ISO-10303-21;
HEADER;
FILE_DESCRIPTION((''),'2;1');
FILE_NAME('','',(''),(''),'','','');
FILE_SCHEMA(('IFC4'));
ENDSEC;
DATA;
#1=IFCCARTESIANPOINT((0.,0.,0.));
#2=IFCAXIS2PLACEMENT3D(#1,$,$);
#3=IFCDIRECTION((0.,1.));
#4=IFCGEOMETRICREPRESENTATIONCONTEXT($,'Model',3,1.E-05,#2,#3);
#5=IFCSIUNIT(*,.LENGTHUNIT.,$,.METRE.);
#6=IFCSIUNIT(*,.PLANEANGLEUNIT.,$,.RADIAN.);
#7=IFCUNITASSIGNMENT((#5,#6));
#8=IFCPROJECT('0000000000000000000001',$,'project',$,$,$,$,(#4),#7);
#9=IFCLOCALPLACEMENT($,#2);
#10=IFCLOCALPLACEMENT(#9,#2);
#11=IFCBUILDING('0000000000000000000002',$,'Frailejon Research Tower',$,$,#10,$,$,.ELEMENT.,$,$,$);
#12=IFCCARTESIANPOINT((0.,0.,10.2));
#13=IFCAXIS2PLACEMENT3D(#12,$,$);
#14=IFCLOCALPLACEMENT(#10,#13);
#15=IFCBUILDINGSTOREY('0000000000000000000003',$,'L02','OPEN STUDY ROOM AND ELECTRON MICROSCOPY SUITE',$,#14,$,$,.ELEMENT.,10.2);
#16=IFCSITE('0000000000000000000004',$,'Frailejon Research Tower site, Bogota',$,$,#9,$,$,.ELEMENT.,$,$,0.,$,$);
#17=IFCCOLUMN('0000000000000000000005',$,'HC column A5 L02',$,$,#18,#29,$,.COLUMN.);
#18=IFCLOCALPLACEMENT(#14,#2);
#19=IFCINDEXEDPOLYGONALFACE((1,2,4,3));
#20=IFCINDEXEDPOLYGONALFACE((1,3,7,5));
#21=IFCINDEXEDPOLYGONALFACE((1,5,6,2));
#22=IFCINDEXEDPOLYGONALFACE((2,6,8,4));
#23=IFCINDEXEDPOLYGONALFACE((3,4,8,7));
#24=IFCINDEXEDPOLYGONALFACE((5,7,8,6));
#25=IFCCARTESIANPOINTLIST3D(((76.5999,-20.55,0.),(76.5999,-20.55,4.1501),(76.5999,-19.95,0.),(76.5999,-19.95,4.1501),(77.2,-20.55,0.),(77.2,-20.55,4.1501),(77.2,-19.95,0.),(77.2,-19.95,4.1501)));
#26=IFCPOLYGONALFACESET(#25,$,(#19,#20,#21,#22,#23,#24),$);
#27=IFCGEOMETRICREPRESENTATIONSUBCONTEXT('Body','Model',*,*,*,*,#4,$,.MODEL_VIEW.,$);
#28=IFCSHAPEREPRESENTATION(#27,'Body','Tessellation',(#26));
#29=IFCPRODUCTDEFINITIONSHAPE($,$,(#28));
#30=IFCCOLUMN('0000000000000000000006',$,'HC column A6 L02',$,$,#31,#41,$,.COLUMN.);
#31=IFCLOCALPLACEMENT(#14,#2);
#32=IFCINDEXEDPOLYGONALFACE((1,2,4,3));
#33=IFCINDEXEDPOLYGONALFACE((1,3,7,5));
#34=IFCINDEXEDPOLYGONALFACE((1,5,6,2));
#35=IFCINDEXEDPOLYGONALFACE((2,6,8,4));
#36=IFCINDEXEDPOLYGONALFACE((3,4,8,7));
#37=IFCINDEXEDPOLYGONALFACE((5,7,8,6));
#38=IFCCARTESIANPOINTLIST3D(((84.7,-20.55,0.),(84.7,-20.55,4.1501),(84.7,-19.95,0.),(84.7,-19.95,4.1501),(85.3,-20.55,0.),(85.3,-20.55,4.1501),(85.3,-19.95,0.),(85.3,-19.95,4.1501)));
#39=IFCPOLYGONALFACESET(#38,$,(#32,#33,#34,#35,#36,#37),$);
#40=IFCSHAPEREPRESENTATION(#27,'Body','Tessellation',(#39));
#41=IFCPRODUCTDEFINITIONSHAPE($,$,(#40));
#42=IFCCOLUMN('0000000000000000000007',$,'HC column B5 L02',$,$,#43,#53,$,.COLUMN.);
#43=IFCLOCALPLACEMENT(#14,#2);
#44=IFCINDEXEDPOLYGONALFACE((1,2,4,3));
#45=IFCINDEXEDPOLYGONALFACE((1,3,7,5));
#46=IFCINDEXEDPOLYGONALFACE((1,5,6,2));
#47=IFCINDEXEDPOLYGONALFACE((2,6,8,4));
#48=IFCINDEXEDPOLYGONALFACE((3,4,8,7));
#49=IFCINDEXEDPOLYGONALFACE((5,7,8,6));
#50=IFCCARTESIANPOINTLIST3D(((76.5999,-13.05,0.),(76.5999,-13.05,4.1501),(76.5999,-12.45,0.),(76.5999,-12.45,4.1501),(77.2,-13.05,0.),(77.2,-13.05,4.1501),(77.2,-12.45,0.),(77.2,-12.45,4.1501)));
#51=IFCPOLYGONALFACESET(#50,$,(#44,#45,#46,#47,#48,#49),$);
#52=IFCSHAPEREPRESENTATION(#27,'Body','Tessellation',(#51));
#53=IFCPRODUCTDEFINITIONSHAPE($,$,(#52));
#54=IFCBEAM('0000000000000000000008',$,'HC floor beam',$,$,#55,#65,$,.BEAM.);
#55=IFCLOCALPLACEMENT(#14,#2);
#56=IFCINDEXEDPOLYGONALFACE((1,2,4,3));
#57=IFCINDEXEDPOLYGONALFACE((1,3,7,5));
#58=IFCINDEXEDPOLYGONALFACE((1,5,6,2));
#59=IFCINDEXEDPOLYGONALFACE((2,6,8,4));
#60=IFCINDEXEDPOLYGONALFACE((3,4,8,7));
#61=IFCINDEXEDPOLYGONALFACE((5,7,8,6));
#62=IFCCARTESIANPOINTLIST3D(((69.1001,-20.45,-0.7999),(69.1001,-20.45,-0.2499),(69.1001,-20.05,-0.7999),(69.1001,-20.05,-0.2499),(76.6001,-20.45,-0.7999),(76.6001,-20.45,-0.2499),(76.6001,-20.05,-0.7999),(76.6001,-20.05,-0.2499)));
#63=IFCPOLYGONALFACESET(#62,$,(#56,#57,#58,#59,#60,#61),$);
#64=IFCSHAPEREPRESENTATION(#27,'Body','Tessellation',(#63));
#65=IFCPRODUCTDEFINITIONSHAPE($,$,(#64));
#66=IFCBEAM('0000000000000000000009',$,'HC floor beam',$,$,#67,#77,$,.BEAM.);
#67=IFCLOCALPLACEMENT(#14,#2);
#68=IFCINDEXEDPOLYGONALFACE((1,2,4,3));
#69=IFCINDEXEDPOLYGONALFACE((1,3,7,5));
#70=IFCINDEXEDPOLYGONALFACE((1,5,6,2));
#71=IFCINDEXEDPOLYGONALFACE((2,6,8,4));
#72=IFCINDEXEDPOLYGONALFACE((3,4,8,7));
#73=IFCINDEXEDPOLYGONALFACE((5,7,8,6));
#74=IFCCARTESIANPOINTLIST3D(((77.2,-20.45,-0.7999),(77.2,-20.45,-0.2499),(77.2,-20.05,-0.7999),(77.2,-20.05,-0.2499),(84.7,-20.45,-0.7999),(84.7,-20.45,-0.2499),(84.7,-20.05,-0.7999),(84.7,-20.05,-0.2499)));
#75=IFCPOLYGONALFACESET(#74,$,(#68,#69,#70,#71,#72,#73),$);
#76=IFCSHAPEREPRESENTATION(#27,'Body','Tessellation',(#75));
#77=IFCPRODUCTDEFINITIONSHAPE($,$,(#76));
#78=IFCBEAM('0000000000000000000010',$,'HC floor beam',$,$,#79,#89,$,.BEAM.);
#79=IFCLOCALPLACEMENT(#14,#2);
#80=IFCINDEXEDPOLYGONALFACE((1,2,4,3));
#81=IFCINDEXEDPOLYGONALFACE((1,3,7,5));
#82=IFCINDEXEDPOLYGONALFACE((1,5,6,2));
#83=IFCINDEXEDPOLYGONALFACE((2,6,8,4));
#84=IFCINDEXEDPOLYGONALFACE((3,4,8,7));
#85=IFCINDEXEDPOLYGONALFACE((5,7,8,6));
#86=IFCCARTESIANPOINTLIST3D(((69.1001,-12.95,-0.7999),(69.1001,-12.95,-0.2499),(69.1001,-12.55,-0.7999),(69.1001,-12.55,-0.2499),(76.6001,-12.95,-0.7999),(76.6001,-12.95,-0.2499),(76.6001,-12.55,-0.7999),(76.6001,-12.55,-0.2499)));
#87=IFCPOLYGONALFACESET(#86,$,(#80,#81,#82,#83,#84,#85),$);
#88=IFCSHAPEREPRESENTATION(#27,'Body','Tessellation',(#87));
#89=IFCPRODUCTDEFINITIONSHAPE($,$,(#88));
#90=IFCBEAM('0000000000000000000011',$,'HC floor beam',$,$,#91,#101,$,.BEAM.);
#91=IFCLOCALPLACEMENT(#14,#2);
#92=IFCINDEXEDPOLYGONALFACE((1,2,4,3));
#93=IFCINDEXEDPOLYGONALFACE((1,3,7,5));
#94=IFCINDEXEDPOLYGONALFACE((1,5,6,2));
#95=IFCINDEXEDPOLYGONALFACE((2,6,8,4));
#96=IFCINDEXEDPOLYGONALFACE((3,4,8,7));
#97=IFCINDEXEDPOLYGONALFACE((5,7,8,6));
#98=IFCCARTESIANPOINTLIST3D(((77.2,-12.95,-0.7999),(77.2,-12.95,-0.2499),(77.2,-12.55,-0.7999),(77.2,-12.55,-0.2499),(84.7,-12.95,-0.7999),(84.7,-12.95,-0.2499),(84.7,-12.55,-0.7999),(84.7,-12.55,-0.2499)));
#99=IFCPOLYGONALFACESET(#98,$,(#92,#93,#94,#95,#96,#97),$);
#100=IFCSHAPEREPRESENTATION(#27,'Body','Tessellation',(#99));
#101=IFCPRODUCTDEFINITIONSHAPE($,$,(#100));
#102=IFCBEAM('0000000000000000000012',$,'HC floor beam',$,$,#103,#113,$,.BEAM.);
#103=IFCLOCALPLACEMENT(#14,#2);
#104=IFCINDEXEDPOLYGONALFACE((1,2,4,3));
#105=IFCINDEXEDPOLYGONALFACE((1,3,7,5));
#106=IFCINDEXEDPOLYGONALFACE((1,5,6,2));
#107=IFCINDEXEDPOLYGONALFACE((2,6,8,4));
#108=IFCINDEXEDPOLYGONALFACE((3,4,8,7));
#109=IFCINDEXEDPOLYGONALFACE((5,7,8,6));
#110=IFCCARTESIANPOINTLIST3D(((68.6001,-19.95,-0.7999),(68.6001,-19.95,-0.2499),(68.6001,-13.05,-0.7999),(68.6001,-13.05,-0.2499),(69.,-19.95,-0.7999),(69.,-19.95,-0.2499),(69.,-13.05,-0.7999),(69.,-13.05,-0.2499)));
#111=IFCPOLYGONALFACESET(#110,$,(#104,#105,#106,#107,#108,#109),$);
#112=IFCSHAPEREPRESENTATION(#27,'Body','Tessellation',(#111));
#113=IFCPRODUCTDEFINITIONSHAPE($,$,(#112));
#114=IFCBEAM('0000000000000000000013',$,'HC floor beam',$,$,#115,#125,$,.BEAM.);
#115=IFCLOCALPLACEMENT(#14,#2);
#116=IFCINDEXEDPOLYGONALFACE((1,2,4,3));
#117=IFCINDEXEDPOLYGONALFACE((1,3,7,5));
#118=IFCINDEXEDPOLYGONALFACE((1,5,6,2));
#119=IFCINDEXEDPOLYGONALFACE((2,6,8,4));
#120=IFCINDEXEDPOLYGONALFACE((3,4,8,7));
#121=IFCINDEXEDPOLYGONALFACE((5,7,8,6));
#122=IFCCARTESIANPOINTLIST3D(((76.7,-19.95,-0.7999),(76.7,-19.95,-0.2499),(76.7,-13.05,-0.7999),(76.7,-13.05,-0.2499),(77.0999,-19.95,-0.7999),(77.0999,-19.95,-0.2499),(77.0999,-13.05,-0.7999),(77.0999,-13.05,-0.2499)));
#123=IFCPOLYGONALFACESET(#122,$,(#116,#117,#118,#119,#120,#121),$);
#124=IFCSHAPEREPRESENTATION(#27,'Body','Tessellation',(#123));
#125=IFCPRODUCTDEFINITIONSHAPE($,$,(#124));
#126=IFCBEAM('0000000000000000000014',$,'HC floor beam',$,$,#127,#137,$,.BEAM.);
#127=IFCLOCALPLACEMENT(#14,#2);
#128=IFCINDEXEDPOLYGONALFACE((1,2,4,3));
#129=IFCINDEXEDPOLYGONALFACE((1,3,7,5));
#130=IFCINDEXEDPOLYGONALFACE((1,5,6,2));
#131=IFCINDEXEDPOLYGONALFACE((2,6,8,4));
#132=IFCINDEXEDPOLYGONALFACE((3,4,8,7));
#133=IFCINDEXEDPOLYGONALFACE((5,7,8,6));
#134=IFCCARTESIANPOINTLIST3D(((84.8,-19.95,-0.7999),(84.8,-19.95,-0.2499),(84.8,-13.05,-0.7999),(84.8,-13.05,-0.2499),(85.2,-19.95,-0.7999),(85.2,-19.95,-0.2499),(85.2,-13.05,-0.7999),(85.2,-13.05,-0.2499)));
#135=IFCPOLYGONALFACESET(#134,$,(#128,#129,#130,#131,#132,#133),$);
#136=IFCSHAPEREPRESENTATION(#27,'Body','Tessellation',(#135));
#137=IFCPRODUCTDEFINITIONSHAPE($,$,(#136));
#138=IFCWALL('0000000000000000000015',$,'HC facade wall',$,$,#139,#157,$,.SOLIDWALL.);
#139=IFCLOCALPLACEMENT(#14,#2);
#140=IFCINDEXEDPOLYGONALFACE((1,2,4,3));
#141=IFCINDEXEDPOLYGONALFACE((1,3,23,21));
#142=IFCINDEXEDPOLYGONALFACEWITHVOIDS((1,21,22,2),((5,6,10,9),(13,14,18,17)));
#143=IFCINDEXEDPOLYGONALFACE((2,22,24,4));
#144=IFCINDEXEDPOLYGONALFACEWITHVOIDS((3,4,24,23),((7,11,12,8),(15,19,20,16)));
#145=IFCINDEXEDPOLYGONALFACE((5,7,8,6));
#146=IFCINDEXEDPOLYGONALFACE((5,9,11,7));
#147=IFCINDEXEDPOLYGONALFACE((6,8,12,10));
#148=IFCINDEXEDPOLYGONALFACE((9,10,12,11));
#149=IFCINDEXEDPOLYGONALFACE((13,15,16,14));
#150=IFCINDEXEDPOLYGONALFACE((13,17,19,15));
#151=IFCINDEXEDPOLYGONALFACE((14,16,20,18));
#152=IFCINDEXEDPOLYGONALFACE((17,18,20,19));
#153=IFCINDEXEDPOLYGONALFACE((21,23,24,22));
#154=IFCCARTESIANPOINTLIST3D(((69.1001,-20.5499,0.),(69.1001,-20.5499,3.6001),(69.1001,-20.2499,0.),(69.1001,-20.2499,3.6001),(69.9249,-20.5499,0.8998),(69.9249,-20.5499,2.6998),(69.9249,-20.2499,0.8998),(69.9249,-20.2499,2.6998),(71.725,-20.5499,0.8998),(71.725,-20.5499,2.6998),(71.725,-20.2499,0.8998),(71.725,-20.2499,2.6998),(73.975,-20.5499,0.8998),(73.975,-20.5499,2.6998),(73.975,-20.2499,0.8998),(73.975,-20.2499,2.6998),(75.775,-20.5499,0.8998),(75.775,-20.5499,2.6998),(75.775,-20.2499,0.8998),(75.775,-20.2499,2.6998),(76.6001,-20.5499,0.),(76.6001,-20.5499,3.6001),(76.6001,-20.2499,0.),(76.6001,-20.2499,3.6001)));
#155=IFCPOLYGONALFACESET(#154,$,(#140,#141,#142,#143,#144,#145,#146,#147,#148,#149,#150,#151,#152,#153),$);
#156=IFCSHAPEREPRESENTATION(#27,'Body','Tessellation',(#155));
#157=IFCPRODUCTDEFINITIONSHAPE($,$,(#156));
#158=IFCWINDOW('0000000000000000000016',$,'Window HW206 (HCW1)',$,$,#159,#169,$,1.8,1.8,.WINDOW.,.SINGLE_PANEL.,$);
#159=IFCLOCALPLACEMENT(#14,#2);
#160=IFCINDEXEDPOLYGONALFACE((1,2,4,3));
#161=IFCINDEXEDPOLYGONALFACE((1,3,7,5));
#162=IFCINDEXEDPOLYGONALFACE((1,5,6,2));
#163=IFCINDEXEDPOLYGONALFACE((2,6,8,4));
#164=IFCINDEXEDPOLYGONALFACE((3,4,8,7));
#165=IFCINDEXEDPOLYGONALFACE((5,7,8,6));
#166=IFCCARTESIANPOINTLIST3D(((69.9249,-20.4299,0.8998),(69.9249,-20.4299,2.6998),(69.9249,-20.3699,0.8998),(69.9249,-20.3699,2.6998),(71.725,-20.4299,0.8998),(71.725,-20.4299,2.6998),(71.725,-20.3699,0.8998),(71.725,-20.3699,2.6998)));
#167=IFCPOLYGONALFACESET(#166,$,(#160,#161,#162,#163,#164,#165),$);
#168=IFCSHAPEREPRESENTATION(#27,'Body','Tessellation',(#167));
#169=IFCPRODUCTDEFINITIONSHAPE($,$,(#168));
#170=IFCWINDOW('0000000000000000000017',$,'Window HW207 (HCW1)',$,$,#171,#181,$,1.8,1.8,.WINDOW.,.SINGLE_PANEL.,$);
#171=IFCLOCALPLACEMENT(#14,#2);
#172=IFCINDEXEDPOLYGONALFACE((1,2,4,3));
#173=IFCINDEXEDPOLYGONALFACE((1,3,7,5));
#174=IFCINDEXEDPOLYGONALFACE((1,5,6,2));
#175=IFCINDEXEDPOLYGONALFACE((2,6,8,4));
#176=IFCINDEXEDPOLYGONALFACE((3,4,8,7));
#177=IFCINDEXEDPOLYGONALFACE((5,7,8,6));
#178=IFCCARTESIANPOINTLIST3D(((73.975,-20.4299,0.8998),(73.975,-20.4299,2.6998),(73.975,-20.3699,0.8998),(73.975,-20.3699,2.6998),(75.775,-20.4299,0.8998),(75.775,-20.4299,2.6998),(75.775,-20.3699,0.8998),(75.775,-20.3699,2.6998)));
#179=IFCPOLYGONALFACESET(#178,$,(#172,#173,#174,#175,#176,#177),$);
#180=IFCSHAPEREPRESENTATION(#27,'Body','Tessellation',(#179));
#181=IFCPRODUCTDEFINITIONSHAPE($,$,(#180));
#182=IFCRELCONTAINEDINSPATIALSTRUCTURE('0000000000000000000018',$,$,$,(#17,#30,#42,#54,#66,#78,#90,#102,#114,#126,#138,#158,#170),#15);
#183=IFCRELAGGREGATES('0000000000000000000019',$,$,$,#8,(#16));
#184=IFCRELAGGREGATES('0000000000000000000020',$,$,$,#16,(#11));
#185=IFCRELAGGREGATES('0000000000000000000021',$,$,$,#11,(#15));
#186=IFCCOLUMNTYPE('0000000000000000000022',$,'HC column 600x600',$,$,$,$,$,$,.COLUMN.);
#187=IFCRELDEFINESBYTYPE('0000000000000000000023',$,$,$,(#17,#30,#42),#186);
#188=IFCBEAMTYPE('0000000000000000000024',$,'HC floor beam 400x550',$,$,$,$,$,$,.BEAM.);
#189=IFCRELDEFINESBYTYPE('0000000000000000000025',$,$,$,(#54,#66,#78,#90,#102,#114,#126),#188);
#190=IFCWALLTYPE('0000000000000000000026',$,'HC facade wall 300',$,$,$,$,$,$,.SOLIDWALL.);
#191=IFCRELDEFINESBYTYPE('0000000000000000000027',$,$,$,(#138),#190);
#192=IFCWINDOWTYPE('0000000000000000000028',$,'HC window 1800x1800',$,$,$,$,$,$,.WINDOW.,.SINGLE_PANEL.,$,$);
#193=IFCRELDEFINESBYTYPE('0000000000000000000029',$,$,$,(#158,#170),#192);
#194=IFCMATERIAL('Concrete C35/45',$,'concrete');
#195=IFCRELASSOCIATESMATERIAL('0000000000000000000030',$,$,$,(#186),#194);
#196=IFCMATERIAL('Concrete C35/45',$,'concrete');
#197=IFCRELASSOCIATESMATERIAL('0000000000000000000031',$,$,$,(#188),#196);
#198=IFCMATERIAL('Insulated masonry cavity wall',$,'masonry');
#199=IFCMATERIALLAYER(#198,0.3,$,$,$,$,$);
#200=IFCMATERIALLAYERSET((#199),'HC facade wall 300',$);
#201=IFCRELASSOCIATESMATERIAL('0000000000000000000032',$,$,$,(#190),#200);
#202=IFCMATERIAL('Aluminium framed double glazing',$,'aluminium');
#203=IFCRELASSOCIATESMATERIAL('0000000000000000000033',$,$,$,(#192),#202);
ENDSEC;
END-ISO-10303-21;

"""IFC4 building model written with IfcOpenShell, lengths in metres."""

from ifc_helpers import new_model, si_unit, direction, frame, frame_2d, origin, origin_2d, place, context, subcontext, project, spatial, rectangle, extrude, material, layer, layer_set, material_profile, profile_set, type_object, element, fill, save


model = new_model("IFC4")

# Units and contexts
model_context = context("Model", 3, precision=1e-05, world=origin(), true_north=direction((0.0, 1.0)))
body_context = subcontext(model_context, "Body", "Model", "MODEL_VIEW")
ifc_project = project(units=[si_unit("LENGTHUNIT", "METRE"), si_unit("PLANEANGLEUNIT", "RADIAN")], contexts=[model_context])

# Site, building, storey
site_placement = place(None, origin())
site = spatial("IfcSite", under=ifc_project, at=site_placement, Name="Frailejon Research Tower site, Bogota", CompositionType="ELEMENT", RefElevation=0.0)
building_placement = place(site_placement, origin())
building = spatial("IfcBuilding", under=site, at=building_placement, Name="Frailejon Research Tower", CompositionType="ELEMENT")
storey_placement = place(building_placement, frame((0.0, 0.0, 10.2)))
storey = spatial("IfcBuildingStorey", under=building, at=storey_placement, Name="L02", Description="OPEN STUDY ROOM AND ELECTRON MICROSCOPY SUITE", CompositionType="ELEMENT", Elevation=10.2)

# Columns
ifc_material_1 = material(Name="Concrete C35/45", Category="concrete")
ifc_material_profile_1 = material_profile(ifc_material_1, rectangle(XDim=0.6001, YDim=0.6001, at=origin_2d()), Name="HC column 600x600")
ifc_profile_set_1 = profile_set([ifc_material_profile_1], Name="Concrete C35/45")
column_type = type_object("IfcColumnType", Name="HC column 600x600", PredefinedType="COLUMN", material=ifc_profile_set_1)
for number, where, z_axis, x_axis, name in (
    (1, (76.8999, -20.25, 0.0), (0.0, 0.0, 1.0), (1.0, 0.0, 0.0), "HC column A5 L02"),
    (2, (85.0, -20.25, 0.0), (0.0, 0.0, 1.0), (1.0, 0.0, 0.0), "HC column A6 L02"),
    (3, (76.8999, -12.75, 0.0), (0.0, 0.0, 1.0), (1.0, 0.0, 0.0), "HC column B5 L02"),
):
    element("IfcColumn", number, at=place(storey_placement, frame(where, z_axis=z_axis, x_axis=x_axis)), inside=storey, type_object=column_type, Name=name, PredefinedType="COLUMN", context=body_context, shape_type="SweptSolid", body=[
        extrude(rectangle(XDim=0.6001, YDim=0.6001, at=origin_2d()), origin(), (0.0, 0.0, 1.0), 4.1501),
    ])

# Beams
ifc_material_2 = material(Name="Concrete C35/45", Category="concrete")
ifc_material_profile_2 = material_profile(ifc_material_2, rectangle(XDim=0.3999, YDim=0.55, at=origin_2d()), Name="HC floor beam 400x550")
ifc_profile_set_2 = profile_set([ifc_material_profile_2], Name="Concrete C35/45")
beam_type = type_object("IfcBeamType", Name="HC floor beam 400x550", PredefinedType="BEAM", material=ifc_profile_set_2)
for number, where, z_axis, x_axis, name in (
    (4, (69.1001, -20.25, -0.5249), (1.0, 0.0, 0.0), (0.0, 1.0, 0.0), "HC floor beam"),
    (5, (77.2, -20.25, -0.5249), (1.0, 0.0, 0.0), (0.0, 1.0, 0.0), "HC floor beam"),
    (6, (69.1001, -12.75, -0.5249), (1.0, 0.0, 0.0), (0.0, 1.0, 0.0), "HC floor beam"),
    (7, (77.2, -12.75, -0.5249), (1.0, 0.0, 0.0), (0.0, 1.0, 0.0), "HC floor beam"),
):
    element("IfcBeam", number, at=place(storey_placement, frame(where, z_axis=z_axis, x_axis=x_axis)), inside=storey, type_object=beam_type, Name=name, PredefinedType="BEAM", context=body_context, shape_type="SweptSolid", body=[
        extrude(rectangle(XDim=0.3999, YDim=0.55, at=origin_2d()), origin(), (0.0, 0.0, 1.0), 7.5),
    ])
for number, where, z_axis, x_axis, name in (
    (8, (68.8, -19.95, -0.5249), (0.0, 1.0, 0.0), (-1.0, 0.0, 0.0), "HC floor beam"),
    (9, (76.8999, -19.95, -0.5249), (0.0, 1.0, 0.0), (-1.0, 0.0, 0.0), "HC floor beam"),
    (10, (85.0, -19.95, -0.5249), (0.0, 1.0, 0.0), (-1.0, 0.0, 0.0), "HC floor beam"),
):
    element("IfcBeam", number, at=place(storey_placement, frame(where, z_axis=z_axis, x_axis=x_axis)), inside=storey, type_object=beam_type, Name=name, PredefinedType="BEAM", context=body_context, shape_type="SweptSolid", body=[
        extrude(rectangle(XDim=0.3999, YDim=0.55, at=origin_2d()), origin(), (0.0, 0.0, 1.0), 6.8999),
    ])

# Wall, openings, windows
ifc_material_3 = material(Name="Insulated masonry cavity wall", Category="masonry")
ifc_layer_1 = layer(ifc_material_3, 0.3)
ifc_layer_set_1 = layer_set([ifc_layer_1], Name="HC facade wall 300")
wall_type_1 = type_object("IfcWallType", Name="HC facade wall 300", PredefinedType="SOLIDWALL", material=ifc_layer_set_1)
wall_1_placement = place(storey_placement, frame((69.1001, -20.3999, 0.0), z_axis=(0.0, 0.0, 1.0), x_axis=(1.0, 0.0, 0.0)))
wall_1 = element("IfcWall", 11, at=wall_1_placement, inside=storey, type_object=wall_type_1, Name="HC facade wall", PredefinedType="SOLIDWALL", context=body_context, shape_type="SweptSolid", body=[
    extrude(rectangle(XDim=7.5, YDim=0.3, at=frame_2d((3.75, 0.0))), origin(), (0.0, 0.0, 1.0), 3.6001),
])
opening_1_placement = place(wall_1_placement, frame((0.825, 0.0, 0.8999)))
opening_1 = element("IfcOpeningElement", 12, at=opening_1_placement, cuts=wall_1, PredefinedType="OPENING", context=body_context, shape_type="SweptSolid", body=[
    extrude(rectangle(XDim=1.8, YDim=1.8, at=frame_2d((0.8999, 0.8999))), frame((0.0, 0.1599, 0.0), z_axis=(0.0, -1.0, 0.0), x_axis=(1.0, 0.0, 0.0)), (0.0, 0.0, 1.0), 0.3201),
])
opening_2_placement = place(wall_1_placement, frame((4.875, 0.0, 0.8999)))
opening_2 = element("IfcOpeningElement", 13, at=opening_2_placement, cuts=wall_1, PredefinedType="OPENING", context=body_context, shape_type="SweptSolid", body=[
    extrude(rectangle(XDim=1.8, YDim=1.8, at=frame_2d((0.8999, 0.8999))), frame((0.0, 0.1599, 0.0), z_axis=(0.0, -1.0, 0.0), x_axis=(1.0, 0.0, 0.0)), (0.0, 0.0, 1.0), 0.3201),
])
ifc_material_4 = material(Name="Aluminium framed double glazing", Category="aluminium")
window_type_1 = type_object("IfcWindowType", Name="HC window 1800x1800", PartitioningType="SINGLE_PANEL", PredefinedType="WINDOW", material=ifc_material_4)
window_1_placement = place(opening_1_placement, origin())
window_1 = element("IfcWindow", 14, at=window_1_placement, inside=storey, type_object=window_type_1, Name="Window HW206 (HCW1)", OverallHeight=1.8, OverallWidth=1.8, PartitioningType="SINGLE_PANEL", PredefinedType="WINDOW", context=body_context, shape_type="SweptSolid", body=[
    extrude(rectangle(XDim=1.8, YDim=1.8, at=frame_2d((0.8999, 0.8999))), frame((0.0, 0.03, 0.0), z_axis=(0.0, -1.0, 0.0), x_axis=(1.0, 0.0, 0.0)), (0.0, 0.0, 1.0), 0.0601),
])
fill(opening_1, window_1)
window_2_placement = place(opening_2_placement, origin())
window_2 = element("IfcWindow", 15, at=window_2_placement, inside=storey, type_object=window_type_1, Name="Window HW207 (HCW1)", OverallHeight=1.8, OverallWidth=1.8, PartitioningType="SINGLE_PANEL", PredefinedType="WINDOW", context=body_context, shape_type="SweptSolid", body=[
    extrude(rectangle(XDim=1.8, YDim=1.8, at=frame_2d((0.8999, 0.8999))), frame((0.0, 0.03, 0.0), z_axis=(0.0, -1.0, 0.0), x_axis=(1.0, 0.0, 0.0)), (0.0, 0.0, 1.0), 0.0601),
])
fill(opening_2, window_2)

save(model, "model.ifc")
